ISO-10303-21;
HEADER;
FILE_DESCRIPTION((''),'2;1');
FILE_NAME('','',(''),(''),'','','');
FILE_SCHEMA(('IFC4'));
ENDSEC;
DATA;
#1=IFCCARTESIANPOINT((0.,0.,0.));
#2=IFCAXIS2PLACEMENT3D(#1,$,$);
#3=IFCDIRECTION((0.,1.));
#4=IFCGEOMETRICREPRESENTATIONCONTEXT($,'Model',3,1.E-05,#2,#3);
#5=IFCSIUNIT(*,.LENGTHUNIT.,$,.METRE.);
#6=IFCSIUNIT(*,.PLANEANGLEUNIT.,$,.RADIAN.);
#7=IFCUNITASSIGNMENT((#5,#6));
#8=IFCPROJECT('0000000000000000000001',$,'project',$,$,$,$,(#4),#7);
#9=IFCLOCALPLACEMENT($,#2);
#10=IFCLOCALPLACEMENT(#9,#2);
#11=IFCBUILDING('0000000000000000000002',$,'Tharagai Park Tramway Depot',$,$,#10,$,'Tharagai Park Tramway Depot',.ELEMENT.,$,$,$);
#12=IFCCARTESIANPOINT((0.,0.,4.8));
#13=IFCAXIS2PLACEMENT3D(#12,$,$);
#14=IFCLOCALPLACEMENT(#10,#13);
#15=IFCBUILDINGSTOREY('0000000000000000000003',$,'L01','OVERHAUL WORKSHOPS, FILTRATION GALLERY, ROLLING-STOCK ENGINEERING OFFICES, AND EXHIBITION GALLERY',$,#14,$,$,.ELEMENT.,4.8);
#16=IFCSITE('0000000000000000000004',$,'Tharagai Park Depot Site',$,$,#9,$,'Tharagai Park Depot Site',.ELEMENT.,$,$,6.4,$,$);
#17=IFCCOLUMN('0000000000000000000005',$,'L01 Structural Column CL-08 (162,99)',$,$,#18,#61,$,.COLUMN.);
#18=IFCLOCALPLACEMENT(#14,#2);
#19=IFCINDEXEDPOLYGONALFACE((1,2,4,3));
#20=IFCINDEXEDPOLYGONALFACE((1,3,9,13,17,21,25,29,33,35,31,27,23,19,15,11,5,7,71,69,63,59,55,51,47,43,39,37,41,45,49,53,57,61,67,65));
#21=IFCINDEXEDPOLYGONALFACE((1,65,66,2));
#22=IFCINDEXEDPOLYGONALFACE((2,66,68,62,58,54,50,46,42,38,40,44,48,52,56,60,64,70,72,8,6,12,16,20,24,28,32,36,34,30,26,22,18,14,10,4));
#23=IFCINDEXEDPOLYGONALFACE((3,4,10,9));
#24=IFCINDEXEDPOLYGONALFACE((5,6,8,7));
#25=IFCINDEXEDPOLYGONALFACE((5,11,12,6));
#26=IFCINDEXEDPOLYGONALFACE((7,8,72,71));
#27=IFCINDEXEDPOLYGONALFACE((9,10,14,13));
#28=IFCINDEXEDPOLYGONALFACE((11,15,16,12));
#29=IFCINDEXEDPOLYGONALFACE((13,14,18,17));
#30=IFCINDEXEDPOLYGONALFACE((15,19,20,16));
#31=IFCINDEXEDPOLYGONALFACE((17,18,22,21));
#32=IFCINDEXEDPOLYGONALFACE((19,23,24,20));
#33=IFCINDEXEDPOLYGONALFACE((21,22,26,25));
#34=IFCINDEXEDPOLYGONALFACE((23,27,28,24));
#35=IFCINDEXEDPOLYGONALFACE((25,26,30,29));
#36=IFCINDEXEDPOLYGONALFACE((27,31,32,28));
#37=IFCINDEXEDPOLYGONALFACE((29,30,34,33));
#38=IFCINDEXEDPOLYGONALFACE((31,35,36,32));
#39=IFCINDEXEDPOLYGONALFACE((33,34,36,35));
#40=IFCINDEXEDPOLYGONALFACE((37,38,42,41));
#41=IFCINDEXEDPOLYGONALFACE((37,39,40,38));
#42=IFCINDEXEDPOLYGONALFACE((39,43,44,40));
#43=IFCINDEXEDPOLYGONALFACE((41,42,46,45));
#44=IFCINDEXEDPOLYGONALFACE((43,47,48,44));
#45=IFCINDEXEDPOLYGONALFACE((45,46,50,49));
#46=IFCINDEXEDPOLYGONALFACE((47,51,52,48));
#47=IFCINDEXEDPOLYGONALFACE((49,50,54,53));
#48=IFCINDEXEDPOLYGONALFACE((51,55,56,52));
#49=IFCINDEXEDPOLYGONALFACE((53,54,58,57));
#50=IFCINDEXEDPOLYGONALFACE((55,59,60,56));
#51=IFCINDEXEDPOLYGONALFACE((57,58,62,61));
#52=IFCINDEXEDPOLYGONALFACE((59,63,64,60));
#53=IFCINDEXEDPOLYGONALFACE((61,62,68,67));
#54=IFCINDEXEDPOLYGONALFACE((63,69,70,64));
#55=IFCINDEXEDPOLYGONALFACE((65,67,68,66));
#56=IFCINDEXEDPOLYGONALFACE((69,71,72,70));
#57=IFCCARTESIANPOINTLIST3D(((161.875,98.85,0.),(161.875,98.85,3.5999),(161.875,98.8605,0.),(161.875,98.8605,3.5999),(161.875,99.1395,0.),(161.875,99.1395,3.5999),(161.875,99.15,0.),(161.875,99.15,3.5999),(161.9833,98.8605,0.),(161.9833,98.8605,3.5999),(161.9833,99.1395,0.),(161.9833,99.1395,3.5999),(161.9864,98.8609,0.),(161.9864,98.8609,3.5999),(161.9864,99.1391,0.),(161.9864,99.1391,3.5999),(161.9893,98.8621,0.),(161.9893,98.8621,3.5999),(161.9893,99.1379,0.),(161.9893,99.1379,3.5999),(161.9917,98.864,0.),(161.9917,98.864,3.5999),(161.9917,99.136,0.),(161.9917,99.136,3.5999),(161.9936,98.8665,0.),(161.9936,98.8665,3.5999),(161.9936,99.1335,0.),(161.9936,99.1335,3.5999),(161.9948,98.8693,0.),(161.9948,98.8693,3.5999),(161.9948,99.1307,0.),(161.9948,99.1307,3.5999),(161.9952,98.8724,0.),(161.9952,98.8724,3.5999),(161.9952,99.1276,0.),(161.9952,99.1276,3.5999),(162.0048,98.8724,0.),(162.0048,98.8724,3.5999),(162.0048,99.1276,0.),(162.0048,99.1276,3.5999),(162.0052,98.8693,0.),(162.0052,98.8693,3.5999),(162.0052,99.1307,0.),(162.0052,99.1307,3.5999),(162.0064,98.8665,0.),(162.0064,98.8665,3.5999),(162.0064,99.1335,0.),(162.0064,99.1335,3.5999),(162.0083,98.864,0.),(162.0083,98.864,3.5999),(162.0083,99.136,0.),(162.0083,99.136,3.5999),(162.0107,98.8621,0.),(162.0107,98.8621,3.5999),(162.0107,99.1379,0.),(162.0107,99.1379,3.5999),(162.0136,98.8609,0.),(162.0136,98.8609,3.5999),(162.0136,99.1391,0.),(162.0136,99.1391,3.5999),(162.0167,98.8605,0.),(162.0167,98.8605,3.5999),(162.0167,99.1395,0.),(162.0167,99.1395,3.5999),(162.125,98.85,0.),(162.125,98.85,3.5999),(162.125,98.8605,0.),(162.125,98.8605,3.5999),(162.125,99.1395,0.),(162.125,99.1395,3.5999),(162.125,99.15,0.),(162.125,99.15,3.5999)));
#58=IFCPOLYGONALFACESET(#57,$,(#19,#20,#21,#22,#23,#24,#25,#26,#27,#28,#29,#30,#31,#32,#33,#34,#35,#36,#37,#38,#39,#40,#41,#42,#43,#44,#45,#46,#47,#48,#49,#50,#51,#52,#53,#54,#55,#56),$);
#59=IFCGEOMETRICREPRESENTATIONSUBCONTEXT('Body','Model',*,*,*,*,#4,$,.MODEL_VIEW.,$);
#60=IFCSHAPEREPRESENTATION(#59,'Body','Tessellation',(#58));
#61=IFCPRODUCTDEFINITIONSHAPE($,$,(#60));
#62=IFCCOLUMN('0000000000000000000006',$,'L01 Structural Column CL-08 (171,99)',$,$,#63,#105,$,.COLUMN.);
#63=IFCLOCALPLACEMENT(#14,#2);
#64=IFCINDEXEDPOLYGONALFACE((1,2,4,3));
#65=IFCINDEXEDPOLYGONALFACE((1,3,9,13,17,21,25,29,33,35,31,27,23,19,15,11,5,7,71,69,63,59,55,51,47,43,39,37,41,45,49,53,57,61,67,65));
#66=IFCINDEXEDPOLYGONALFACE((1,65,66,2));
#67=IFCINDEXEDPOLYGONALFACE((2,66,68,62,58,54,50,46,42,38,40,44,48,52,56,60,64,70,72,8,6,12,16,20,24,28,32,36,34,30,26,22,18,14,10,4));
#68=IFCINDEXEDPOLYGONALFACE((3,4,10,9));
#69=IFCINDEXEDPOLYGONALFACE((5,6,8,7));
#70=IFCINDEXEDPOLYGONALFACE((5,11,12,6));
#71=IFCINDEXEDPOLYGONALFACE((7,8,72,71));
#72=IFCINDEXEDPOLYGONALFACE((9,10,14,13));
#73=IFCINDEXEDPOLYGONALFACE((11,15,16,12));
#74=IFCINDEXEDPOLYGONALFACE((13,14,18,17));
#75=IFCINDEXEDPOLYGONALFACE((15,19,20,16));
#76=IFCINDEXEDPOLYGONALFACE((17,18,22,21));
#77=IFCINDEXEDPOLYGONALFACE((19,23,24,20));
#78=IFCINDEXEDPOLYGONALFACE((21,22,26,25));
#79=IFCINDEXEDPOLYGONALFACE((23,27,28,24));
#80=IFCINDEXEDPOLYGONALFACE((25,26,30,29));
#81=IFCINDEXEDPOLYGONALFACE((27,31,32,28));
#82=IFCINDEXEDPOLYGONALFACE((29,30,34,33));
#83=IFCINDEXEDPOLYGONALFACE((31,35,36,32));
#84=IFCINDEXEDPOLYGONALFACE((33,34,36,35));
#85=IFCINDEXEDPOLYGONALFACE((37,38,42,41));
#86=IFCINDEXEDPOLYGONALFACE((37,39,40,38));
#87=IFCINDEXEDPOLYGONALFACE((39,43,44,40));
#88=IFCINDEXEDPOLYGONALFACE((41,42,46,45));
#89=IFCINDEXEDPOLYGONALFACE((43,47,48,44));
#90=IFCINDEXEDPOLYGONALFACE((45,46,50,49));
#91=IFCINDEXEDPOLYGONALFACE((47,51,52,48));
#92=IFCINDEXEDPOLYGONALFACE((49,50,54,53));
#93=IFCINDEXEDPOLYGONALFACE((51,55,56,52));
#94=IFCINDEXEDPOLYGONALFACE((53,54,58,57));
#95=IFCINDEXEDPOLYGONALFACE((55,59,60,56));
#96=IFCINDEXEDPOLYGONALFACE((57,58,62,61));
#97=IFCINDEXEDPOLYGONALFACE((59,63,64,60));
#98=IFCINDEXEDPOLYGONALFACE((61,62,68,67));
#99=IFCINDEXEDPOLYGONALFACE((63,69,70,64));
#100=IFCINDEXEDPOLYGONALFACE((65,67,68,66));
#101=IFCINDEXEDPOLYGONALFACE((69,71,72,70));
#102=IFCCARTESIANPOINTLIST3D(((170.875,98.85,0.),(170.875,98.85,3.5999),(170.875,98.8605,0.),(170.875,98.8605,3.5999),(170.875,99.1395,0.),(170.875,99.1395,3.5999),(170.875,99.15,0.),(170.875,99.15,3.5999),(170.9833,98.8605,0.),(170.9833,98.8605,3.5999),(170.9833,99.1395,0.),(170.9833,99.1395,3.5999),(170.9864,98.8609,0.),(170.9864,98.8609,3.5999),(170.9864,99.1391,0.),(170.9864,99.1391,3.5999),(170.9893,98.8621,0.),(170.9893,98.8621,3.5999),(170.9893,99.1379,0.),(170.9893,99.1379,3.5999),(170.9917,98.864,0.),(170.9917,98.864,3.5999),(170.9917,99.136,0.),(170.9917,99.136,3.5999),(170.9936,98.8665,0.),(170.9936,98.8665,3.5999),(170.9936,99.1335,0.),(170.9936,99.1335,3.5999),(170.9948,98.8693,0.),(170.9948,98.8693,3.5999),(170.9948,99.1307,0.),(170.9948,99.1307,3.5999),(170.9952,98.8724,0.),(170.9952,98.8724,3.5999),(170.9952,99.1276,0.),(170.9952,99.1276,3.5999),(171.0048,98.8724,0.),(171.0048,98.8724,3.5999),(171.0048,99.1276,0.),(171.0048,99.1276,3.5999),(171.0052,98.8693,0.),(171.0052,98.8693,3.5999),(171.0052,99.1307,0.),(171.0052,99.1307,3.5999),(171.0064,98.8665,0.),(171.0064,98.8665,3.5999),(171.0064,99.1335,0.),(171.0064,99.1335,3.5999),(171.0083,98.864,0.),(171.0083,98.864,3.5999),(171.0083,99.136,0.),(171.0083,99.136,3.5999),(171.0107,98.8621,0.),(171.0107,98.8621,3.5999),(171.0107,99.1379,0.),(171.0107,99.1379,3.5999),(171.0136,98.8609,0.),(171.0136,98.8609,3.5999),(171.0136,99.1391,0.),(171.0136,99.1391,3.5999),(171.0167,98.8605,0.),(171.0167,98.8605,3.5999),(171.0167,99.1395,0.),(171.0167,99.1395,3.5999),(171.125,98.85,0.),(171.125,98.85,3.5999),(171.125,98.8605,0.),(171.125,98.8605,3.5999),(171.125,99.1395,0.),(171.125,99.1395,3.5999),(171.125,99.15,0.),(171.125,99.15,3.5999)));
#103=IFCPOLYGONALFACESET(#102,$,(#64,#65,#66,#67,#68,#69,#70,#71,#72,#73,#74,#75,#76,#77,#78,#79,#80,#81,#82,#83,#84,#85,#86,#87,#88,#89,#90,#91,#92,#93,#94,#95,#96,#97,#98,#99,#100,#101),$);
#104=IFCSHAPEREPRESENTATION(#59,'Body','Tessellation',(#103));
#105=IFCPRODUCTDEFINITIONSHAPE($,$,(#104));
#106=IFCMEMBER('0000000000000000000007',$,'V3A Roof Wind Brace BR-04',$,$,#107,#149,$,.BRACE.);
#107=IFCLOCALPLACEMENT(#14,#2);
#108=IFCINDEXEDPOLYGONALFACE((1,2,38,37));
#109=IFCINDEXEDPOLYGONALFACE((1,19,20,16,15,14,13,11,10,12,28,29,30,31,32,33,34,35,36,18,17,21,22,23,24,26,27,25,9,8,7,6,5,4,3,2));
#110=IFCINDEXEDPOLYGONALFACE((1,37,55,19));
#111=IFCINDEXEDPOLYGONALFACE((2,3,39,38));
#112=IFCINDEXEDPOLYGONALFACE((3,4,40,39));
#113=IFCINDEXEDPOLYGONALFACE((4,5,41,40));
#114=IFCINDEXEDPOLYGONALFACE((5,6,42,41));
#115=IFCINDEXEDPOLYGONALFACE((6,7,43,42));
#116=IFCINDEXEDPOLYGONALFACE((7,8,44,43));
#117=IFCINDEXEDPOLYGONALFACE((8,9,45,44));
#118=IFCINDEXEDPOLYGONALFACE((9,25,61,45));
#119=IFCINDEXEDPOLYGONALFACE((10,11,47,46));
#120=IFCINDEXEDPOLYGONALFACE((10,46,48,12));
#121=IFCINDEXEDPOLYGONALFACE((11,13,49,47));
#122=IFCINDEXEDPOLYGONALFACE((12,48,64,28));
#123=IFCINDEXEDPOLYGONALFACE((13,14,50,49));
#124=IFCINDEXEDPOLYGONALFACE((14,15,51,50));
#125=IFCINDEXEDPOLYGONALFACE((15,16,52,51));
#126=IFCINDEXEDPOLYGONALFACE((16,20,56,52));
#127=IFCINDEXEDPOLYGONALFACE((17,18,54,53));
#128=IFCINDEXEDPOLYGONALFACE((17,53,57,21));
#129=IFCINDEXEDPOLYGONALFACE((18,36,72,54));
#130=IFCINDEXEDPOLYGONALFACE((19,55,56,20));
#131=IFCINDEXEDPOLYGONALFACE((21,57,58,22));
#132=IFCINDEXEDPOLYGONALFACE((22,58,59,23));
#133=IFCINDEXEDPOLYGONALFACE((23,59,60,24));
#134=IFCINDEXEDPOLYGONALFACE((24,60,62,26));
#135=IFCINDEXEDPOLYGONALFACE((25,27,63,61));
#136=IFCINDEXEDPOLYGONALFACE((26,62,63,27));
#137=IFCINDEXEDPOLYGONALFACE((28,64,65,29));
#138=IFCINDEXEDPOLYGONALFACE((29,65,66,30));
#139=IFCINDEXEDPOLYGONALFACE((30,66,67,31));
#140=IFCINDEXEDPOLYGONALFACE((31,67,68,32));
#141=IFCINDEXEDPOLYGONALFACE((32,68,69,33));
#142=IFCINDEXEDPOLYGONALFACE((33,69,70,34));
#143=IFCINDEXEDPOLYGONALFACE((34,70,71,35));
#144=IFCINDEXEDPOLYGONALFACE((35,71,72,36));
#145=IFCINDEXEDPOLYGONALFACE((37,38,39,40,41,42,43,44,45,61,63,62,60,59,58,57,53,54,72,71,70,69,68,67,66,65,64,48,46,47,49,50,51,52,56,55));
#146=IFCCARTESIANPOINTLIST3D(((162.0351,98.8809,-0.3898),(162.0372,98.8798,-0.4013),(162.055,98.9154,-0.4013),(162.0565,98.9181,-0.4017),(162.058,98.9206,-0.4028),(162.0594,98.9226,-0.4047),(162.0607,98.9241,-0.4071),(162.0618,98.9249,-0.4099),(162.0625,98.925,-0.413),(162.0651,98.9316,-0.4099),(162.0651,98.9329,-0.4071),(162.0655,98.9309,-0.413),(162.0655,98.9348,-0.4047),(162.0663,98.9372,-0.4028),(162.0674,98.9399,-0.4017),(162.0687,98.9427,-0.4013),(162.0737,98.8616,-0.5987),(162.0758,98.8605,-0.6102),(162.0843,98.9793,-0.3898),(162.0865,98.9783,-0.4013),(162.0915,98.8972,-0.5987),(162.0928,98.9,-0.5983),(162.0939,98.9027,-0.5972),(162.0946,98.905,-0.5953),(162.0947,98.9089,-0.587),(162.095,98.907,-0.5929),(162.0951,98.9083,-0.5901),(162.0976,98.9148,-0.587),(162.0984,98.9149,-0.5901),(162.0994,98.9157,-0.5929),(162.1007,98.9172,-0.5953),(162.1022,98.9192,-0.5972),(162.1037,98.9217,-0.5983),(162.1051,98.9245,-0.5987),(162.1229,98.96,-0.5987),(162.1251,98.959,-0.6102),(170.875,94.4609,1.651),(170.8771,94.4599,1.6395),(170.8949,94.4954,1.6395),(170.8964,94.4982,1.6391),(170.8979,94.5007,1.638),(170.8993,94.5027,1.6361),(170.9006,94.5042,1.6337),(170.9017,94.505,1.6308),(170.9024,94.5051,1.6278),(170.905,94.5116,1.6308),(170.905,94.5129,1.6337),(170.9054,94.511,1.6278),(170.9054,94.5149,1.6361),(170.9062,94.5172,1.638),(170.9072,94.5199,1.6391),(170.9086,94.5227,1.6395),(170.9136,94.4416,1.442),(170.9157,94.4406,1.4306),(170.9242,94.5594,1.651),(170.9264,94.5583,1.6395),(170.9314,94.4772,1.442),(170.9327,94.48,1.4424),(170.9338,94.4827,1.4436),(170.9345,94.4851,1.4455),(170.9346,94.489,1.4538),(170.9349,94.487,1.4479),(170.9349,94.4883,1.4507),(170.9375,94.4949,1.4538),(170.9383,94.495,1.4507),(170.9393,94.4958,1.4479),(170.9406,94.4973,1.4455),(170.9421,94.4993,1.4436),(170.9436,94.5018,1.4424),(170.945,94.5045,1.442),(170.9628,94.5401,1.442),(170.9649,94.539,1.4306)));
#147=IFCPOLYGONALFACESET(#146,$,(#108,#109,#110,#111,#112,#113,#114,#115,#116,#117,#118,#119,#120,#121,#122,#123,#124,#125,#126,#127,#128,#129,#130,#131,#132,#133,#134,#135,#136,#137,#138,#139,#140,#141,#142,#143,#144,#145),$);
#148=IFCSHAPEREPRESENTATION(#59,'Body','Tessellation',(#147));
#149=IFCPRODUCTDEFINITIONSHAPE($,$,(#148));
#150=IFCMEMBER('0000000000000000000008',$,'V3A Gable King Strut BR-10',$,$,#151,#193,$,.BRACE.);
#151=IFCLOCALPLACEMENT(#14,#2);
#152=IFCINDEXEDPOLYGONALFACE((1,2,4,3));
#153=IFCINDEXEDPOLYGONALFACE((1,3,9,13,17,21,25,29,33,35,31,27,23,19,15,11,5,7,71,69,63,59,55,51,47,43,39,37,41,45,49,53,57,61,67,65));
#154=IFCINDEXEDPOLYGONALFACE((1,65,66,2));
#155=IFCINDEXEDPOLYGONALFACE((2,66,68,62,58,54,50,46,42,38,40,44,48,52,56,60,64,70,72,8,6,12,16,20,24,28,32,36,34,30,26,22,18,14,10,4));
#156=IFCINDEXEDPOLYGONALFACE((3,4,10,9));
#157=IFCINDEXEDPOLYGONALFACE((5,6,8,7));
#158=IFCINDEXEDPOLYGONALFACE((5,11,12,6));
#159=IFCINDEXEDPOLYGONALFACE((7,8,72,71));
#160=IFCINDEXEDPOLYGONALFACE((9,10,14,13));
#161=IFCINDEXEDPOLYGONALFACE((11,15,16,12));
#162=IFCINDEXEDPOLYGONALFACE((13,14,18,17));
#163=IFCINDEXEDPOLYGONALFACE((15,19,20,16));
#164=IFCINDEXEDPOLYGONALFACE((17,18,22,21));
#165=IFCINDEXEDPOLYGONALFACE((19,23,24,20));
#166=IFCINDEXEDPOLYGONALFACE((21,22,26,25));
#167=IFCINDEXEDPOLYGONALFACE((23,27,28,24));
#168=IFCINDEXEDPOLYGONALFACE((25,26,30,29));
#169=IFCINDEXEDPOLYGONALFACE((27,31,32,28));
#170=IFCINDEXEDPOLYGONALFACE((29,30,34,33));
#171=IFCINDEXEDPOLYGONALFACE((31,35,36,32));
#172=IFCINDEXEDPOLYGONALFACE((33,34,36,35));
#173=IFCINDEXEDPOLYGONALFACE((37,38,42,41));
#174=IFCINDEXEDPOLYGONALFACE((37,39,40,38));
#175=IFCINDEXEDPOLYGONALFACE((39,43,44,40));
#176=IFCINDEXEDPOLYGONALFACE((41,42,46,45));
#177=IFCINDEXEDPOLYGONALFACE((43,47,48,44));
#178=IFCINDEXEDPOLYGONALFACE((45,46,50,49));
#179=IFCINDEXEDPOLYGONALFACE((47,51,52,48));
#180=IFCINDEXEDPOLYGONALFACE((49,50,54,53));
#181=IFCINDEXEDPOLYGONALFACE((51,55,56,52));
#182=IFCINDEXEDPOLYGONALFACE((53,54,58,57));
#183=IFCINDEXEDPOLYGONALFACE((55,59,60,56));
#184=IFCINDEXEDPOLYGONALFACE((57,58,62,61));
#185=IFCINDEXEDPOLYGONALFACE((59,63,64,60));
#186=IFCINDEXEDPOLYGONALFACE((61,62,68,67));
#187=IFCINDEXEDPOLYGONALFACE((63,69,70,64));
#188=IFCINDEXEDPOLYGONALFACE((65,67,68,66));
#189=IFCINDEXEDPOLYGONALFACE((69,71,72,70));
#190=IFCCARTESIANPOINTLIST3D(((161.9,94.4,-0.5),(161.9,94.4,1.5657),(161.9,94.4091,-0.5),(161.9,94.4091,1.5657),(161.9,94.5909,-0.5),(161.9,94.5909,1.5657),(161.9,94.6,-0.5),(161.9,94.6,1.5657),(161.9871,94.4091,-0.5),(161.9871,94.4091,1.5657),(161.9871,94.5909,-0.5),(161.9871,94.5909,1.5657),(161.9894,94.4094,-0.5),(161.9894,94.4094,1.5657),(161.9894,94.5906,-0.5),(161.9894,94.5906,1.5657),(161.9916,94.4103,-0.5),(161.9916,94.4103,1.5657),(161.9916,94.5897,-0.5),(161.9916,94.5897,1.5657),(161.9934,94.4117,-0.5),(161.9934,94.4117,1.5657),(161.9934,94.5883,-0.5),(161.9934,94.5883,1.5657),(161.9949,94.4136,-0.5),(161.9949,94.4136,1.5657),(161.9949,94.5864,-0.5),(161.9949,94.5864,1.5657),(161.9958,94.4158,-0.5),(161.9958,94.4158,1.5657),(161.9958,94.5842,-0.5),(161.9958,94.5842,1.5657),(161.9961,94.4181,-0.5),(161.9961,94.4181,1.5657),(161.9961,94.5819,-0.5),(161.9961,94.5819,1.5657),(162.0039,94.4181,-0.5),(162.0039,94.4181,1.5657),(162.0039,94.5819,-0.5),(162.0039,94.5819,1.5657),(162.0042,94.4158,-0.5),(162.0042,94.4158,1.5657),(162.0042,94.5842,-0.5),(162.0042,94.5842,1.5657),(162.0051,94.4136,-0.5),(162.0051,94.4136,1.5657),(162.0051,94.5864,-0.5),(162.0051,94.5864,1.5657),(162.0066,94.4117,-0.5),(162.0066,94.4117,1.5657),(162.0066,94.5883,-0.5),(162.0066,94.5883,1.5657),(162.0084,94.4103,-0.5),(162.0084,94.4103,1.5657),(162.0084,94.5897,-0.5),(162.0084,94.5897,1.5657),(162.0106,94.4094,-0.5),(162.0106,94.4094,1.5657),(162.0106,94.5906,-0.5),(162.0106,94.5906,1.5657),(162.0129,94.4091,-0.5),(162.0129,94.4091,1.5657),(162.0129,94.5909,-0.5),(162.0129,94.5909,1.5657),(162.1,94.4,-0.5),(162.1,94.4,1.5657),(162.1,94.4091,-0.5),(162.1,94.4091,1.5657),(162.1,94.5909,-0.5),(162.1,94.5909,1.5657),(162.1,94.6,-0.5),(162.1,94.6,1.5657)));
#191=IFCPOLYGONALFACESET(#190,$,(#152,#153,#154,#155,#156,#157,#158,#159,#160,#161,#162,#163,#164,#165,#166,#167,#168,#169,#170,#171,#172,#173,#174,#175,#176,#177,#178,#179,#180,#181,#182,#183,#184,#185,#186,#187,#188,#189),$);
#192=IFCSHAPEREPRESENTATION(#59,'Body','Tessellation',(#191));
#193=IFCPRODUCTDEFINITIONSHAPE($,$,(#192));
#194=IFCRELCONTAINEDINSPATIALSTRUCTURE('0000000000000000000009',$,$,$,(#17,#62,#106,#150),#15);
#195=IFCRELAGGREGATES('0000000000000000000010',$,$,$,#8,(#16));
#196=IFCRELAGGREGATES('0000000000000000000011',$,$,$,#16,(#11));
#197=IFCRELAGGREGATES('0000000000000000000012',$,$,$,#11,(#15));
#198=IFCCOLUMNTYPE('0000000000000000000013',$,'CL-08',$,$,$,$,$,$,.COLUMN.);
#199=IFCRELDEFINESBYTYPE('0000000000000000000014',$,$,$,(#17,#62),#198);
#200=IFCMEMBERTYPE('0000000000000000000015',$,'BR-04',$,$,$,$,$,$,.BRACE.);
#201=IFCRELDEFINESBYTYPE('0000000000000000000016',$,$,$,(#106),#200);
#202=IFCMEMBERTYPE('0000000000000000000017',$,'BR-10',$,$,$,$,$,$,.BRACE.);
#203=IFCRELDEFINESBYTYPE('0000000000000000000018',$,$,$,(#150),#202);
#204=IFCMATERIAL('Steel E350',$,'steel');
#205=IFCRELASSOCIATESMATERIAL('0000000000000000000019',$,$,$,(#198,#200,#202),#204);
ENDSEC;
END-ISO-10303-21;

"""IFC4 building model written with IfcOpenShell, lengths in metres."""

from ifc_helpers import new_model, si_unit, direction, frame, origin, origin_2d, place, context, subcontext, project, spatial, i_section, extrude, material, material_profile, profile_set, type_object, element, save


model = new_model("IFC4")

# Units and contexts
model_context = context("Model", 3, precision=1e-05, world=origin(), true_north=direction((0.0, 1.0)))
body_context = subcontext(model_context, "Body", "Model", "MODEL_VIEW")
ifc_project = project(units=[si_unit("LENGTHUNIT", "METRE"), si_unit("PLANEANGLEUNIT", "RADIAN")], contexts=[model_context])

# Site, building, storey
site_placement = place(None, origin())
site = spatial("IfcSite", under=ifc_project, at=site_placement, Name="Tharagai Park Depot Site", LongName="Tharagai Park Depot Site", CompositionType="ELEMENT", RefElevation=6.4)
building_placement = place(site_placement, origin())
building = spatial("IfcBuilding", under=site, at=building_placement, Name="Tharagai Park Tramway Depot", LongName="Tharagai Park Tramway Depot", CompositionType="ELEMENT")
storey_placement = place(building_placement, frame((0.0, 0.0, 4.8)))
storey = spatial("IfcBuildingStorey", under=building, at=storey_placement, Name="L01", Description="OVERHAUL WORKSHOPS, FILTRATION GALLERY, ROLLING-STOCK ENGINEERING OFFICES, AND EXHIBITION GALLERY", CompositionType="ELEMENT", Elevation=4.8)

# Columns
ifc_material_1 = material(Name="Steel E350", Category="steel")
ifc_material_profile_1 = material_profile(ifc_material_1, i_section(OverallWidth=0.25, OverallDepth=0.3, WebThickness=0.0095, FlangeThickness=0.0105, FilletRadius=0.012, at=origin_2d()), Name="ISHB 300")
ifc_profile_set_1 = profile_set([ifc_material_profile_1], Name="Steel E350")
column_type = type_object("IfcColumnType", Name="CL-08", PredefinedType="COLUMN", material=ifc_profile_set_1)
for number, where, z_axis, x_axis, name in (
    (1, (162.0, 99.0, 0.0), (0.0, 0.0, 1.0), (1.0, 0.0, 0.0), "L01 Structural Column CL-08 (162,99)"),
    (2, (171.0, 99.0, 0.0), (0.0, 0.0, 1.0), (1.0, 0.0, 0.0), "L01 Structural Column CL-08 (171,99)"),
):
    element("IfcColumn", number, at=place(storey_placement, frame(where, z_axis=z_axis, x_axis=x_axis)), inside=storey, type_object=column_type, Name=name, PredefinedType="COLUMN", context=body_context, shape_type="SweptSolid", body=[
        extrude(i_section(OverallWidth=0.25, OverallDepth=0.3, WebThickness=0.0095, FlangeThickness=0.0105, FilletRadius=0.012, at=origin_2d()), origin(), (0.0, 0.0, 1.0), 3.5999),
    ])

# Members
ifc_material_profile_2 = material_profile(ifc_material_1, i_section(OverallWidth=0.1101, OverallDepth=0.2251, WebThickness=0.0066, FlangeThickness=0.0117, FilletRadius=0.012, at=origin_2d()), Name="ISMB 225")
ifc_profile_set_2 = profile_set([ifc_material_profile_2], Name="Steel E350")
member_type_1 = type_object("IfcMemberType", Name="BR-04", PredefinedType="BRACE", material=ifc_profile_set_2)
member_1_placement = place(storey_placement, frame((162.0801, 98.9199, -0.5), z_axis=(0.875948, -0.437974, 0.202222), x_axis=(0.447214, 0.894427, 0.0)))
element("IfcMember", 3, at=member_1_placement, inside=storey, type_object=member_type_1, Name="V3A Roof Wind Brace BR-04", PredefinedType="BRACE", context=body_context, shape_type="SweptSolid", body=[
    extrude(i_section(OverallWidth=0.1101, OverallDepth=0.2251, WebThickness=0.0066, FlangeThickness=0.0117, FilletRadius=0.012, at=origin_2d()), origin(), (0.0, 0.0, 1.0), 10.0918),
])
ifc_material_profile_3 = material_profile(ifc_material_1, i_section(OverallWidth=0.2, OverallDepth=0.2, WebThickness=0.0078, FlangeThickness=0.009, FilletRadius=0.009, at=origin_2d()), Name="ISHB 200")
ifc_profile_set_3 = profile_set([ifc_material_profile_3], Name="Steel E350")
member_type_2 = type_object("IfcMemberType", Name="BR-10", PredefinedType="BRACE", material=ifc_profile_set_3)
for number, where, z_axis, x_axis, name in (
    (4, (162.0, 94.5, -0.5), (0.0, 0.0, 1.0), (1.0, 0.0, 0.0), "V3A Gable King Strut BR-10"),
):
    element("IfcMember", number, at=place(storey_placement, frame(where, z_axis=z_axis, x_axis=x_axis)), inside=storey, type_object=member_type_2, Name=name, PredefinedType="BRACE", context=body_context, shape_type="SweptSolid", body=[
        extrude(i_section(OverallWidth=0.2, OverallDepth=0.2, WebThickness=0.0078, FlangeThickness=0.009, FilletRadius=0.009, at=origin_2d()), origin(), (0.0, 0.0, 1.0), 2.0657),
    ])

save(model, "model.ifc")
